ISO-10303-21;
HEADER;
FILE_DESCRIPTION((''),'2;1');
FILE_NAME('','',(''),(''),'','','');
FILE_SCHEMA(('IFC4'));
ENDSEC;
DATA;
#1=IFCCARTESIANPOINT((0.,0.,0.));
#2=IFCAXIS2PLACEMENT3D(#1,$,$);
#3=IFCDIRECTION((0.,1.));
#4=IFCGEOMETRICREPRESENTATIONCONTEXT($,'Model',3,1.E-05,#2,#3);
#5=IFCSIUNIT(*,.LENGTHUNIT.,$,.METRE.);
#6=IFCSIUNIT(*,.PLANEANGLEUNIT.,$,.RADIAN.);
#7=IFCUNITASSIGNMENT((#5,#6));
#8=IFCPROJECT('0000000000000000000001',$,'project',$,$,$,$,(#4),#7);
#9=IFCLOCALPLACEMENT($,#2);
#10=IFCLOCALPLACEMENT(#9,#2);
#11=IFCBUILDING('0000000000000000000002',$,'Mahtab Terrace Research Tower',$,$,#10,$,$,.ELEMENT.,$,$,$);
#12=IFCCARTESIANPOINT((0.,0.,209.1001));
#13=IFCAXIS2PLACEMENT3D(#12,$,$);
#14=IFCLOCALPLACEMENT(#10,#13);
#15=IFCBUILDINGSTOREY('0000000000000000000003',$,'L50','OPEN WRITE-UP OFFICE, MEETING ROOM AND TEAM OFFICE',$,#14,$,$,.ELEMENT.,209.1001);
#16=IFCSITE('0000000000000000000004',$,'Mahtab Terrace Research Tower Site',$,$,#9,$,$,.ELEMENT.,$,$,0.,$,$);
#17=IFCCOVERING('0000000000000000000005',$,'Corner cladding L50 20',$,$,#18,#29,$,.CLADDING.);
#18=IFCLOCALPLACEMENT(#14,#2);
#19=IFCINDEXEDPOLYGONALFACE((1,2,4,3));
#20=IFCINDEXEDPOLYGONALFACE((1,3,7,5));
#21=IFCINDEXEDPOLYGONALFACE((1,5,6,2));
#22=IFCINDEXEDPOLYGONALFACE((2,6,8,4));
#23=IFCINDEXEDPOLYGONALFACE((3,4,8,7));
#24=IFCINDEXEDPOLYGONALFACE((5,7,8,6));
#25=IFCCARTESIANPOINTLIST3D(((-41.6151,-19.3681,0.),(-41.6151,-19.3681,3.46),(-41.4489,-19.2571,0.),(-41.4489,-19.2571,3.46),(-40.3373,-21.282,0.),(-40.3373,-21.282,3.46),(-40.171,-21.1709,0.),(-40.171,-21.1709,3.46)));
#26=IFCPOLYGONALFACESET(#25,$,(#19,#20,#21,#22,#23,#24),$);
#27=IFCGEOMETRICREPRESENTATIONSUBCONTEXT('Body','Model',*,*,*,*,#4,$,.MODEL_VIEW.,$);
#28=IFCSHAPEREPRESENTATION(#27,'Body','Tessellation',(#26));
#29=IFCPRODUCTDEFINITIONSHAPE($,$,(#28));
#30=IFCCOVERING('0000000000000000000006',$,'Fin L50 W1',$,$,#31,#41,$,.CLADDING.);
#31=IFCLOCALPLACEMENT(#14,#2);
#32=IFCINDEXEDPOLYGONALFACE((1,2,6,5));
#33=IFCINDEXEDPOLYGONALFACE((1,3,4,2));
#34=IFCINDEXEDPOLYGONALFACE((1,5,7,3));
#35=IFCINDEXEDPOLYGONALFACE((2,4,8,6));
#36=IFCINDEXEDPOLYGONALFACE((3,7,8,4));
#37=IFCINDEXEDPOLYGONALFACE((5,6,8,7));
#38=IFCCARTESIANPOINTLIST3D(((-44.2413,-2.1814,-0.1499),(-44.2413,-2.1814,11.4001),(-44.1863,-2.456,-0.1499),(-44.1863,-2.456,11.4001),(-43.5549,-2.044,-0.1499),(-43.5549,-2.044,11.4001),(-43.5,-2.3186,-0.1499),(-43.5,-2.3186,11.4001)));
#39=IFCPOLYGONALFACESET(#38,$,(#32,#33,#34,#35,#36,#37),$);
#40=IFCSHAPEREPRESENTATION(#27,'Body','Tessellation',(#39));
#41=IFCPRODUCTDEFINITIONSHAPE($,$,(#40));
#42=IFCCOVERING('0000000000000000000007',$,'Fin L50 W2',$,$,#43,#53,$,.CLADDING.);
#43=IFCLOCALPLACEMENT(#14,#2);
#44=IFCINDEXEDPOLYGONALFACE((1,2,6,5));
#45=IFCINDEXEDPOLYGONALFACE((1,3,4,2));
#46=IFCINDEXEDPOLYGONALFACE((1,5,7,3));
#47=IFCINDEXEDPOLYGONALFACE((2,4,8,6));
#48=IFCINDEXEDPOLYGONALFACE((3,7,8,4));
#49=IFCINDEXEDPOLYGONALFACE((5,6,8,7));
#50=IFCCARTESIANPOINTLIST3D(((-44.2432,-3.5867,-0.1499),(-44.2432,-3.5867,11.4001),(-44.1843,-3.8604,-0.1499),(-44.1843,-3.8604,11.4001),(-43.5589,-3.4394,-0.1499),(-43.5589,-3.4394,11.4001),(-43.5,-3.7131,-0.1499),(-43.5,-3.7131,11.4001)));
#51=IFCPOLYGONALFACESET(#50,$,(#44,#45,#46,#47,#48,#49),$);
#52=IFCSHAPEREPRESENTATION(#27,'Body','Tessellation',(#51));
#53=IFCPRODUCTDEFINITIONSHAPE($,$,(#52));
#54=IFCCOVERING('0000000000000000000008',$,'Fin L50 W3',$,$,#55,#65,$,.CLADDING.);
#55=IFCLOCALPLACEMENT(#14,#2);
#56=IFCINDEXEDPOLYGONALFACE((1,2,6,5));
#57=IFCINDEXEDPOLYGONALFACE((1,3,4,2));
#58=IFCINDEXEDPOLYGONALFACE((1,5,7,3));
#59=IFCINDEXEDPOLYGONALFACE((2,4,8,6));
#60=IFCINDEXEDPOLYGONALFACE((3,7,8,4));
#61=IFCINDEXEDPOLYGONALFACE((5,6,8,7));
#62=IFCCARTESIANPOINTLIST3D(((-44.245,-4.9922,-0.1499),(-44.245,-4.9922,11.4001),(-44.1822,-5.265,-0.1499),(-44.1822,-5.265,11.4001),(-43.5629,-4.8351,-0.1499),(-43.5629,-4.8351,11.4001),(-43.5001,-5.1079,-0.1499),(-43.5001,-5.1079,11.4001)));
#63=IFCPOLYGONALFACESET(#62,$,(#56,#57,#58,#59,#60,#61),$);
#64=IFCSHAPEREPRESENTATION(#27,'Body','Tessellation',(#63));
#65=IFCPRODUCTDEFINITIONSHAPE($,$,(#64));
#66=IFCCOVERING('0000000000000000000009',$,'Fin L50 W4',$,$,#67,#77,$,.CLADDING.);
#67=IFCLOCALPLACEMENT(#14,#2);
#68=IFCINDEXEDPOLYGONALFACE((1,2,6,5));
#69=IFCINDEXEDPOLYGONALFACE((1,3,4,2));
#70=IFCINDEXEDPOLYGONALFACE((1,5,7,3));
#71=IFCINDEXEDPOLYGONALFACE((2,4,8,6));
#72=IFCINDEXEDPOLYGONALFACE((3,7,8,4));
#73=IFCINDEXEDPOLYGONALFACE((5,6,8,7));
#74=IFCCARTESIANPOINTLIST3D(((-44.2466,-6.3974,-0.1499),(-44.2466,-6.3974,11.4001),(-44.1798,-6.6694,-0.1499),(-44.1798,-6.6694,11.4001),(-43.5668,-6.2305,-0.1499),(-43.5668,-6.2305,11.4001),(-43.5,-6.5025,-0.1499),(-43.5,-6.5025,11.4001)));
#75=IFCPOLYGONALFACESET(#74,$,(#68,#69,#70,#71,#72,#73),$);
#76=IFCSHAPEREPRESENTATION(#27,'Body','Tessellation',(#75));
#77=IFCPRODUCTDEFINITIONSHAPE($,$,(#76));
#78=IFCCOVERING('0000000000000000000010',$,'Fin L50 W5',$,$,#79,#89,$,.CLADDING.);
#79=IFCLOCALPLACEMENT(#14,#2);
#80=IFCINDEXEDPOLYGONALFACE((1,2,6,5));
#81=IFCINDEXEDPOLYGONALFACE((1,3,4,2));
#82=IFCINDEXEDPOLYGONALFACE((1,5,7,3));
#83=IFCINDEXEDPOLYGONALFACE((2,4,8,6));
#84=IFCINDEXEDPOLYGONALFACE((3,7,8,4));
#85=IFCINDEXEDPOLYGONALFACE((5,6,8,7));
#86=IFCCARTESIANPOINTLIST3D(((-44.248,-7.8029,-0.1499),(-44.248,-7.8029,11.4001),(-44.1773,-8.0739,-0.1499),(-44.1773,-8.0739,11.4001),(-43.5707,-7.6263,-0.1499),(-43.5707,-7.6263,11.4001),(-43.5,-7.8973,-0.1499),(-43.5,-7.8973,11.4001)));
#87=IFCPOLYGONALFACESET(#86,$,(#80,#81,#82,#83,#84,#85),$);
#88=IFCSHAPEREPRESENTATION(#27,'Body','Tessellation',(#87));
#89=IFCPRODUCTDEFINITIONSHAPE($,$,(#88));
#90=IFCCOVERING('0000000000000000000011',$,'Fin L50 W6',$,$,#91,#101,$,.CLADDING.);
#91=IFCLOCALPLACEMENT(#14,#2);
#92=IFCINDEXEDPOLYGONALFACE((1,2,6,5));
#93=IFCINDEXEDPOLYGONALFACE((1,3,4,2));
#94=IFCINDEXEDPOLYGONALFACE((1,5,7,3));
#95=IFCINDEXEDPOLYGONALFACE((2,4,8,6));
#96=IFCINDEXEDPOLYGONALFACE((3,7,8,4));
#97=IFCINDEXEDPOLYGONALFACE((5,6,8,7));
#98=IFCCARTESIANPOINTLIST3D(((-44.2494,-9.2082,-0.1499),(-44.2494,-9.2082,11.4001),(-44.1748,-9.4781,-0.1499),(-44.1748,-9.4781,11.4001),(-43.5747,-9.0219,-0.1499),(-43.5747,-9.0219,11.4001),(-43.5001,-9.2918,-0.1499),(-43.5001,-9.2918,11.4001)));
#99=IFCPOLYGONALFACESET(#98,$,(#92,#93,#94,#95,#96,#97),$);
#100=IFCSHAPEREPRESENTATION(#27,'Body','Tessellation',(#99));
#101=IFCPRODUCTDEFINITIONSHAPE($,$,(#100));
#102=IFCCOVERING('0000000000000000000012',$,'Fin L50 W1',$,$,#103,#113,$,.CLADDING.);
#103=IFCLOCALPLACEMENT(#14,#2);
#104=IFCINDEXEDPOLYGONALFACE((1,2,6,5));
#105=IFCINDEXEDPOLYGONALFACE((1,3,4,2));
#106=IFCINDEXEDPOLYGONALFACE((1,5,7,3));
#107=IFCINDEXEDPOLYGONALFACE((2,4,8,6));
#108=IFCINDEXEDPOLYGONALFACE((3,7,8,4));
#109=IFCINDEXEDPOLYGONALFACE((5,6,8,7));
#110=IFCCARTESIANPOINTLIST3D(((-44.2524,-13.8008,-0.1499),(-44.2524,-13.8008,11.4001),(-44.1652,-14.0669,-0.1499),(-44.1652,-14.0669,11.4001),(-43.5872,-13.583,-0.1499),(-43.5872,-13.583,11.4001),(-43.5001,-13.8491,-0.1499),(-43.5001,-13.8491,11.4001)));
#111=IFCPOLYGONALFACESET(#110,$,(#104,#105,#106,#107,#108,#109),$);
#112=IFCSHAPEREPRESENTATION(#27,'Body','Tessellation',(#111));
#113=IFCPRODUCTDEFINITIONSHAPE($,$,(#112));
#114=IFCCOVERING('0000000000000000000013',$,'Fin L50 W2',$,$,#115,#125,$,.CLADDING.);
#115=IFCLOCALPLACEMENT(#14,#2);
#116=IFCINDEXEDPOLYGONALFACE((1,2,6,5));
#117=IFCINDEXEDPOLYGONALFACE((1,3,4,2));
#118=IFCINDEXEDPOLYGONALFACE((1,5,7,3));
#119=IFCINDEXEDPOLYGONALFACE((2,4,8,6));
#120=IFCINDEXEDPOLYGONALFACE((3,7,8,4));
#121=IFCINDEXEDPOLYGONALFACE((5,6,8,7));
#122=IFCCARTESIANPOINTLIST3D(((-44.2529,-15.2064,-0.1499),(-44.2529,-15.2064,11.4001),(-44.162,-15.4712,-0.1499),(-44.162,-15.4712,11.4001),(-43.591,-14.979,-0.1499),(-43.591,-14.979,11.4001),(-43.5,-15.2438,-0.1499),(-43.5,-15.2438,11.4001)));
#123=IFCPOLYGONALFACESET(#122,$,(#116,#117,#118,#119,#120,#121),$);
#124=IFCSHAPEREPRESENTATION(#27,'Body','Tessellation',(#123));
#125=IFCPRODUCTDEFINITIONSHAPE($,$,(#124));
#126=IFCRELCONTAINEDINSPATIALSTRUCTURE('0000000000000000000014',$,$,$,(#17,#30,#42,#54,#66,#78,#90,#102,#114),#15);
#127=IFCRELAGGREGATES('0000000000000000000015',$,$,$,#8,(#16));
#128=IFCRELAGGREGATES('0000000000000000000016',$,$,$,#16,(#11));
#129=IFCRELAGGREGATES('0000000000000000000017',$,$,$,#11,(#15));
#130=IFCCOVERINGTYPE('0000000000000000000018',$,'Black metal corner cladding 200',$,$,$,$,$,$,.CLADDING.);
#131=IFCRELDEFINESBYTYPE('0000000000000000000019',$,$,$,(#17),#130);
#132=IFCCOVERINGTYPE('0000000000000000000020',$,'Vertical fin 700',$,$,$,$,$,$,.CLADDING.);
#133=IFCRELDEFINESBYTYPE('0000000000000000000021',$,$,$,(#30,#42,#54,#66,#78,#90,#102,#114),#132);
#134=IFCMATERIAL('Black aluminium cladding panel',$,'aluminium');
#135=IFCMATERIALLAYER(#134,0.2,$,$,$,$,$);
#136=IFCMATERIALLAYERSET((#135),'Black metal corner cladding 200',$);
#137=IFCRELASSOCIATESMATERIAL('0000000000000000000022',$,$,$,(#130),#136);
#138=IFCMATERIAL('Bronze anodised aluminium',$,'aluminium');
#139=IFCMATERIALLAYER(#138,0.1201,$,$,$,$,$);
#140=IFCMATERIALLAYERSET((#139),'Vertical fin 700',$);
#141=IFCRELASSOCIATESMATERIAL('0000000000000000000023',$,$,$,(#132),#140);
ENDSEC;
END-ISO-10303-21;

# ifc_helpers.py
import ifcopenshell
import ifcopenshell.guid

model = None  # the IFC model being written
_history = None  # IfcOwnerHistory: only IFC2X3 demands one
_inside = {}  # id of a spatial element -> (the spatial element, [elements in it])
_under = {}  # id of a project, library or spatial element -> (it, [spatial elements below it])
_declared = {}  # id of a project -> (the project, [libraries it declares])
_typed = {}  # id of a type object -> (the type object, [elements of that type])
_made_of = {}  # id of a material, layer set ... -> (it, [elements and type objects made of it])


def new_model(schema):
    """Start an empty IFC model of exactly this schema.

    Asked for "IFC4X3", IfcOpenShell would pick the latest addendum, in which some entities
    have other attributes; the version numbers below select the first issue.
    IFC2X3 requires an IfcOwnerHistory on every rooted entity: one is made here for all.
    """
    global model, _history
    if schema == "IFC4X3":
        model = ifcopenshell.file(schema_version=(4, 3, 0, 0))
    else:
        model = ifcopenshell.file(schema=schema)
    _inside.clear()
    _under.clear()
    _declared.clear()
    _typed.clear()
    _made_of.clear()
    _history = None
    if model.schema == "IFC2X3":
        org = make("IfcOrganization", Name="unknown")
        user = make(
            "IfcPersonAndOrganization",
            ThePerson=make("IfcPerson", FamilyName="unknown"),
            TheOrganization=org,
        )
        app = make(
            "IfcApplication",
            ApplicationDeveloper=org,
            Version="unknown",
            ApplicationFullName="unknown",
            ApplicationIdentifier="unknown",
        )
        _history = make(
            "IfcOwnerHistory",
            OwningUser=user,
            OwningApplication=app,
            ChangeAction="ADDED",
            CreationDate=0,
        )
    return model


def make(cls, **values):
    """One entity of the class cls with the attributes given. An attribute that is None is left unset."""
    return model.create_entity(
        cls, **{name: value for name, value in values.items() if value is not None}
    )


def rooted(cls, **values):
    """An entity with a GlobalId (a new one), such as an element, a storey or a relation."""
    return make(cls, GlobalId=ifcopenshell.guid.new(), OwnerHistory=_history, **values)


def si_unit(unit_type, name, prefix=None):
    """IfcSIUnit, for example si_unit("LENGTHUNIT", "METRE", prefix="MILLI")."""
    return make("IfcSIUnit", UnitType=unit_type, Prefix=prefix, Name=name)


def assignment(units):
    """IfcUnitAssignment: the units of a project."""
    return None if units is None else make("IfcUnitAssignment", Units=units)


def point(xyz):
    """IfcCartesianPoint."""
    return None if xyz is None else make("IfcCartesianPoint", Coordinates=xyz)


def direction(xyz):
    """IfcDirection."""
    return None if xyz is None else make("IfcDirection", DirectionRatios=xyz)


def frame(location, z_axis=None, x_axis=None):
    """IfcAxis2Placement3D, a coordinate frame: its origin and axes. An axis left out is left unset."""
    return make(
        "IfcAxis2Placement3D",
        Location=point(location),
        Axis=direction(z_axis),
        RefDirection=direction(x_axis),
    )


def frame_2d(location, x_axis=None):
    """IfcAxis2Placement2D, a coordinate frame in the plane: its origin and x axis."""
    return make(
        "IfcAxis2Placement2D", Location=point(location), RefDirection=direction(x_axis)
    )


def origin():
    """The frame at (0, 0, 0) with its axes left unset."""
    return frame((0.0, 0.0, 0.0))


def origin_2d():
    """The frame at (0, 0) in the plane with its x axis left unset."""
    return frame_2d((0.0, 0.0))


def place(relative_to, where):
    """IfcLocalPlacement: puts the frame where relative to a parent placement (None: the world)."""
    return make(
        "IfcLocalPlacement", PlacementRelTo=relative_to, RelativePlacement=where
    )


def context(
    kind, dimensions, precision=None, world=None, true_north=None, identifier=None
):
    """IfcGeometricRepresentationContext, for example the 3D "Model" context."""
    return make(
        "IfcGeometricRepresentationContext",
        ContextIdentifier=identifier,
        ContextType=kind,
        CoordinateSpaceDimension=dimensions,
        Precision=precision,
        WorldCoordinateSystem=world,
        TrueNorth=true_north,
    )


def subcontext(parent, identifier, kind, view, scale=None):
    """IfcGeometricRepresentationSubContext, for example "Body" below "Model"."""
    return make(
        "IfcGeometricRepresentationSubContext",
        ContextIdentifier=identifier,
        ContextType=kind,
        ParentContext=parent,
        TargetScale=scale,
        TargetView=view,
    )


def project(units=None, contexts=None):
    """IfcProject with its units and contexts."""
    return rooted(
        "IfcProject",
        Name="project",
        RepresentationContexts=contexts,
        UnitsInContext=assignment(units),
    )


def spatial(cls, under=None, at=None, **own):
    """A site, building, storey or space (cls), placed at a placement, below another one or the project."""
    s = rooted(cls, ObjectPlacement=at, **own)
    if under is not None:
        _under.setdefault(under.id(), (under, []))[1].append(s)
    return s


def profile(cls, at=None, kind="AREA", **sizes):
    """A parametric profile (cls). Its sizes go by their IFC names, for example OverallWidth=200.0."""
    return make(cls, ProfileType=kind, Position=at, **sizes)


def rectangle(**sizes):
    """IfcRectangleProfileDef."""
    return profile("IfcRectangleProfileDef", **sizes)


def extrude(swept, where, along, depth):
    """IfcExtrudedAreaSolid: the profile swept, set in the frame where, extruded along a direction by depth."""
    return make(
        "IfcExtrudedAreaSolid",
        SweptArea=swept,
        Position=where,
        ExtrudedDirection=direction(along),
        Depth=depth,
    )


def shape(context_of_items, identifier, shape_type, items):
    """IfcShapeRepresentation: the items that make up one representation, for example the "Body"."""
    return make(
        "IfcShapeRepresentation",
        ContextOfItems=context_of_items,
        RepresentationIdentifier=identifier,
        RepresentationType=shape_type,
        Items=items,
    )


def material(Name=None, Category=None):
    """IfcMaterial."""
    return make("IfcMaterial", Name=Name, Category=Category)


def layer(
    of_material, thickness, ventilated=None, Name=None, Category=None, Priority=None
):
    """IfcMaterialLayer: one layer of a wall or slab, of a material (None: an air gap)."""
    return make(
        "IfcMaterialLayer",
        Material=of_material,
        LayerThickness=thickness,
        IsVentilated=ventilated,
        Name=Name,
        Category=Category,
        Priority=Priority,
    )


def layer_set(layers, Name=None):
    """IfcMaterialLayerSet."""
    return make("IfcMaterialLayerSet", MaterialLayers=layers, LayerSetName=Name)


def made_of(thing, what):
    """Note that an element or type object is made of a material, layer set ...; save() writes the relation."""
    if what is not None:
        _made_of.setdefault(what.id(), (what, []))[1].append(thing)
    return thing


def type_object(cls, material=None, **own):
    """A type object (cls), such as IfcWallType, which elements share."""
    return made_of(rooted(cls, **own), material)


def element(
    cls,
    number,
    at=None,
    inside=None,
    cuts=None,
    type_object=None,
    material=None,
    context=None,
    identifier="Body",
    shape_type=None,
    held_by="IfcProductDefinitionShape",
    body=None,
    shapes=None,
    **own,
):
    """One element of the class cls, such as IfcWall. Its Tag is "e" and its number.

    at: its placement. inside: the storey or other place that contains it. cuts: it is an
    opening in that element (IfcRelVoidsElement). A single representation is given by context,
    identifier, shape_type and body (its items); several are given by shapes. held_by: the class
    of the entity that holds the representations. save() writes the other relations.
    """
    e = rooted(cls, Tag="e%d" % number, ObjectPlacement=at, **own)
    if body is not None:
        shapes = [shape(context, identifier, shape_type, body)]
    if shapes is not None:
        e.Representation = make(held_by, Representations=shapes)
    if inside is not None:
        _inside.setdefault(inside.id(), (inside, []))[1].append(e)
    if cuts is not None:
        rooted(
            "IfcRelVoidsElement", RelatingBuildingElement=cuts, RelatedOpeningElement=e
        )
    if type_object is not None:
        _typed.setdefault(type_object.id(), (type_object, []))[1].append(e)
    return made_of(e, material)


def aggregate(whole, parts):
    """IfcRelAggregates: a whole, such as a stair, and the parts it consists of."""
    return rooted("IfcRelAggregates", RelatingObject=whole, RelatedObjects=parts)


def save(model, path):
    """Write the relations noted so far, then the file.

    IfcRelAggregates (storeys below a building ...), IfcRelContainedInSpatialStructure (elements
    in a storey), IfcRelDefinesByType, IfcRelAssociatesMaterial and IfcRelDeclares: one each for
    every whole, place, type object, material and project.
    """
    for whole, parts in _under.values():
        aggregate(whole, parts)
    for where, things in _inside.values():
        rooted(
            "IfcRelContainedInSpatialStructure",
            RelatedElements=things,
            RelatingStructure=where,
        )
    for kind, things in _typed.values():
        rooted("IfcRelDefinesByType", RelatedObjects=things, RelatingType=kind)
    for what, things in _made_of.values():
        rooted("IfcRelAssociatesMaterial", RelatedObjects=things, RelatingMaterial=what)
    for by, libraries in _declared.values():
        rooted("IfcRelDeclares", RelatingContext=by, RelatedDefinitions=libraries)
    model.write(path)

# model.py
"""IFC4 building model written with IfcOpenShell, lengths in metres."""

from ifc_helpers import new_model, si_unit, direction, frame, origin, origin_2d, place, context, subcontext, project, spatial, rectangle, extrude, material, layer, layer_set, type_object, element, save


model = new_model("IFC4")

# Units and contexts
model_context = context("Model", 3, precision=1e-05, world=origin(), true_north=direction((0.0, 1.0)))
body_context = subcontext(model_context, "Body", "Model", "MODEL_VIEW")
ifc_project = project(units=[si_unit("LENGTHUNIT", "METRE"), si_unit("PLANEANGLEUNIT", "RADIAN")], contexts=[model_context])

# Site, building, storey
site_placement = place(None, origin())
site = spatial("IfcSite", under=ifc_project, at=site_placement, Name="Mahtab Terrace Research Tower Site", CompositionType="ELEMENT", RefElevation=0.0)
building_placement = place(site_placement, origin())
building = spatial("IfcBuilding", under=site, at=building_placement, Name="Mahtab Terrace Research Tower", CompositionType="ELEMENT")
storey_placement = place(building_placement, frame((0.0, 0.0, 209.1001)))
storey = spatial("IfcBuildingStorey", under=building, at=storey_placement, Name="L50", Description="OPEN WRITE-UP OFFICE, MEETING ROOM AND TEAM OFFICE", CompositionType="ELEMENT", Elevation=209.1001)

# Coverings
ifc_material_1 = material(Name="Black aluminium cladding panel", Category="aluminium")
ifc_layer_1 = layer(ifc_material_1, 0.2)
ifc_layer_set_1 = layer_set([ifc_layer_1], Name="Black metal corner cladding 200")
covering_type_1 = type_object("IfcCoveringType", Name="Black metal corner cladding 200", PredefinedType="CLADDING", material=ifc_layer_set_1)
for number, where, z_axis, x_axis, name in (
    (1, (-40.8931, -20.2695, 0.0), (0.0, 0.0, 1.0), (0.555291, -0.831656, 0.0), "Corner cladding L50 20"),
):
    element("IfcCovering", number, at=place(storey_placement, frame(where, z_axis=z_axis, x_axis=x_axis)), inside=storey, type_object=covering_type_1, Name=name, PredefinedType="CLADDING", context=body_context, shape_type="SweptSolid", body=[
        extrude(rectangle(XDim=2.3013, YDim=0.2, at=origin_2d()), origin(), (0.0, 0.0, 1.0), 3.46),
    ])
ifc_material_2 = material(Name="Bronze anodised aluminium", Category="aluminium")
ifc_layer_2 = layer(ifc_material_2, 0.1201)
ifc_layer_set_2 = layer_set([ifc_layer_2], Name="Vertical fin 700")
covering_type_2 = type_object("IfcCoveringType", Name="Vertical fin 700", PredefinedType="CLADDING", material=ifc_layer_set_2)
for number, where, z_axis, x_axis, name in (
    (2, (-43.8706, -2.25, -0.1499), (0.0, 0.0, 1.0), (0.196349, -0.980534, 0.0), "Fin L50 W1"),
    (3, (-43.8716, -3.6499, -0.1499), (0.0, 0.0, 1.0), (0.210422, -0.977611, 0.0), "Fin L50 W2"),
    (4, (-43.8726, -5.05, -0.1499), (0.0, 0.0, 1.0), (0.224451, -0.974485, 0.0), "Fin L50 W3"),
    (5, (-43.8733, -6.45, -0.1499), (0.0, 0.0, 1.0), (0.238434, -0.971159, 0.0), "Fin L50 W4"),
    (6, (-43.874, -7.8501, -0.1499), (0.0, 0.0, 1.0), (0.252367, -0.967631, 0.0), "Fin L50 W5"),
    (7, (-43.8748, -9.25, -0.1499), (0.0, 0.0, 1.0), (0.266249, -0.963904, 0.0), "Fin L50 W6"),
    (8, (-43.8762, -13.825, -0.1499), (0.0, 0.0, 1.0), (0.311213, -0.95034, 0.0), "Fin L50 W1"),
    (9, (-43.8765, -15.2251, -0.1499), (0.0, 0.0, 1.0), (0.32484, -0.945769, 0.0), "Fin L50 W2"),
):
    element("IfcCovering", number, at=place(storey_placement, frame(where, z_axis=z_axis, x_axis=x_axis)), inside=storey, type_object=covering_type_2, Name=name, PredefinedType="CLADDING", context=body_context, shape_type="SweptSolid", body=[
        extrude(rectangle(XDim=0.28, YDim=0.7, at=origin_2d()), origin(), (0.0, 0.0, 1.0), 11.55),
    ])

save(model, "model.ifc")
